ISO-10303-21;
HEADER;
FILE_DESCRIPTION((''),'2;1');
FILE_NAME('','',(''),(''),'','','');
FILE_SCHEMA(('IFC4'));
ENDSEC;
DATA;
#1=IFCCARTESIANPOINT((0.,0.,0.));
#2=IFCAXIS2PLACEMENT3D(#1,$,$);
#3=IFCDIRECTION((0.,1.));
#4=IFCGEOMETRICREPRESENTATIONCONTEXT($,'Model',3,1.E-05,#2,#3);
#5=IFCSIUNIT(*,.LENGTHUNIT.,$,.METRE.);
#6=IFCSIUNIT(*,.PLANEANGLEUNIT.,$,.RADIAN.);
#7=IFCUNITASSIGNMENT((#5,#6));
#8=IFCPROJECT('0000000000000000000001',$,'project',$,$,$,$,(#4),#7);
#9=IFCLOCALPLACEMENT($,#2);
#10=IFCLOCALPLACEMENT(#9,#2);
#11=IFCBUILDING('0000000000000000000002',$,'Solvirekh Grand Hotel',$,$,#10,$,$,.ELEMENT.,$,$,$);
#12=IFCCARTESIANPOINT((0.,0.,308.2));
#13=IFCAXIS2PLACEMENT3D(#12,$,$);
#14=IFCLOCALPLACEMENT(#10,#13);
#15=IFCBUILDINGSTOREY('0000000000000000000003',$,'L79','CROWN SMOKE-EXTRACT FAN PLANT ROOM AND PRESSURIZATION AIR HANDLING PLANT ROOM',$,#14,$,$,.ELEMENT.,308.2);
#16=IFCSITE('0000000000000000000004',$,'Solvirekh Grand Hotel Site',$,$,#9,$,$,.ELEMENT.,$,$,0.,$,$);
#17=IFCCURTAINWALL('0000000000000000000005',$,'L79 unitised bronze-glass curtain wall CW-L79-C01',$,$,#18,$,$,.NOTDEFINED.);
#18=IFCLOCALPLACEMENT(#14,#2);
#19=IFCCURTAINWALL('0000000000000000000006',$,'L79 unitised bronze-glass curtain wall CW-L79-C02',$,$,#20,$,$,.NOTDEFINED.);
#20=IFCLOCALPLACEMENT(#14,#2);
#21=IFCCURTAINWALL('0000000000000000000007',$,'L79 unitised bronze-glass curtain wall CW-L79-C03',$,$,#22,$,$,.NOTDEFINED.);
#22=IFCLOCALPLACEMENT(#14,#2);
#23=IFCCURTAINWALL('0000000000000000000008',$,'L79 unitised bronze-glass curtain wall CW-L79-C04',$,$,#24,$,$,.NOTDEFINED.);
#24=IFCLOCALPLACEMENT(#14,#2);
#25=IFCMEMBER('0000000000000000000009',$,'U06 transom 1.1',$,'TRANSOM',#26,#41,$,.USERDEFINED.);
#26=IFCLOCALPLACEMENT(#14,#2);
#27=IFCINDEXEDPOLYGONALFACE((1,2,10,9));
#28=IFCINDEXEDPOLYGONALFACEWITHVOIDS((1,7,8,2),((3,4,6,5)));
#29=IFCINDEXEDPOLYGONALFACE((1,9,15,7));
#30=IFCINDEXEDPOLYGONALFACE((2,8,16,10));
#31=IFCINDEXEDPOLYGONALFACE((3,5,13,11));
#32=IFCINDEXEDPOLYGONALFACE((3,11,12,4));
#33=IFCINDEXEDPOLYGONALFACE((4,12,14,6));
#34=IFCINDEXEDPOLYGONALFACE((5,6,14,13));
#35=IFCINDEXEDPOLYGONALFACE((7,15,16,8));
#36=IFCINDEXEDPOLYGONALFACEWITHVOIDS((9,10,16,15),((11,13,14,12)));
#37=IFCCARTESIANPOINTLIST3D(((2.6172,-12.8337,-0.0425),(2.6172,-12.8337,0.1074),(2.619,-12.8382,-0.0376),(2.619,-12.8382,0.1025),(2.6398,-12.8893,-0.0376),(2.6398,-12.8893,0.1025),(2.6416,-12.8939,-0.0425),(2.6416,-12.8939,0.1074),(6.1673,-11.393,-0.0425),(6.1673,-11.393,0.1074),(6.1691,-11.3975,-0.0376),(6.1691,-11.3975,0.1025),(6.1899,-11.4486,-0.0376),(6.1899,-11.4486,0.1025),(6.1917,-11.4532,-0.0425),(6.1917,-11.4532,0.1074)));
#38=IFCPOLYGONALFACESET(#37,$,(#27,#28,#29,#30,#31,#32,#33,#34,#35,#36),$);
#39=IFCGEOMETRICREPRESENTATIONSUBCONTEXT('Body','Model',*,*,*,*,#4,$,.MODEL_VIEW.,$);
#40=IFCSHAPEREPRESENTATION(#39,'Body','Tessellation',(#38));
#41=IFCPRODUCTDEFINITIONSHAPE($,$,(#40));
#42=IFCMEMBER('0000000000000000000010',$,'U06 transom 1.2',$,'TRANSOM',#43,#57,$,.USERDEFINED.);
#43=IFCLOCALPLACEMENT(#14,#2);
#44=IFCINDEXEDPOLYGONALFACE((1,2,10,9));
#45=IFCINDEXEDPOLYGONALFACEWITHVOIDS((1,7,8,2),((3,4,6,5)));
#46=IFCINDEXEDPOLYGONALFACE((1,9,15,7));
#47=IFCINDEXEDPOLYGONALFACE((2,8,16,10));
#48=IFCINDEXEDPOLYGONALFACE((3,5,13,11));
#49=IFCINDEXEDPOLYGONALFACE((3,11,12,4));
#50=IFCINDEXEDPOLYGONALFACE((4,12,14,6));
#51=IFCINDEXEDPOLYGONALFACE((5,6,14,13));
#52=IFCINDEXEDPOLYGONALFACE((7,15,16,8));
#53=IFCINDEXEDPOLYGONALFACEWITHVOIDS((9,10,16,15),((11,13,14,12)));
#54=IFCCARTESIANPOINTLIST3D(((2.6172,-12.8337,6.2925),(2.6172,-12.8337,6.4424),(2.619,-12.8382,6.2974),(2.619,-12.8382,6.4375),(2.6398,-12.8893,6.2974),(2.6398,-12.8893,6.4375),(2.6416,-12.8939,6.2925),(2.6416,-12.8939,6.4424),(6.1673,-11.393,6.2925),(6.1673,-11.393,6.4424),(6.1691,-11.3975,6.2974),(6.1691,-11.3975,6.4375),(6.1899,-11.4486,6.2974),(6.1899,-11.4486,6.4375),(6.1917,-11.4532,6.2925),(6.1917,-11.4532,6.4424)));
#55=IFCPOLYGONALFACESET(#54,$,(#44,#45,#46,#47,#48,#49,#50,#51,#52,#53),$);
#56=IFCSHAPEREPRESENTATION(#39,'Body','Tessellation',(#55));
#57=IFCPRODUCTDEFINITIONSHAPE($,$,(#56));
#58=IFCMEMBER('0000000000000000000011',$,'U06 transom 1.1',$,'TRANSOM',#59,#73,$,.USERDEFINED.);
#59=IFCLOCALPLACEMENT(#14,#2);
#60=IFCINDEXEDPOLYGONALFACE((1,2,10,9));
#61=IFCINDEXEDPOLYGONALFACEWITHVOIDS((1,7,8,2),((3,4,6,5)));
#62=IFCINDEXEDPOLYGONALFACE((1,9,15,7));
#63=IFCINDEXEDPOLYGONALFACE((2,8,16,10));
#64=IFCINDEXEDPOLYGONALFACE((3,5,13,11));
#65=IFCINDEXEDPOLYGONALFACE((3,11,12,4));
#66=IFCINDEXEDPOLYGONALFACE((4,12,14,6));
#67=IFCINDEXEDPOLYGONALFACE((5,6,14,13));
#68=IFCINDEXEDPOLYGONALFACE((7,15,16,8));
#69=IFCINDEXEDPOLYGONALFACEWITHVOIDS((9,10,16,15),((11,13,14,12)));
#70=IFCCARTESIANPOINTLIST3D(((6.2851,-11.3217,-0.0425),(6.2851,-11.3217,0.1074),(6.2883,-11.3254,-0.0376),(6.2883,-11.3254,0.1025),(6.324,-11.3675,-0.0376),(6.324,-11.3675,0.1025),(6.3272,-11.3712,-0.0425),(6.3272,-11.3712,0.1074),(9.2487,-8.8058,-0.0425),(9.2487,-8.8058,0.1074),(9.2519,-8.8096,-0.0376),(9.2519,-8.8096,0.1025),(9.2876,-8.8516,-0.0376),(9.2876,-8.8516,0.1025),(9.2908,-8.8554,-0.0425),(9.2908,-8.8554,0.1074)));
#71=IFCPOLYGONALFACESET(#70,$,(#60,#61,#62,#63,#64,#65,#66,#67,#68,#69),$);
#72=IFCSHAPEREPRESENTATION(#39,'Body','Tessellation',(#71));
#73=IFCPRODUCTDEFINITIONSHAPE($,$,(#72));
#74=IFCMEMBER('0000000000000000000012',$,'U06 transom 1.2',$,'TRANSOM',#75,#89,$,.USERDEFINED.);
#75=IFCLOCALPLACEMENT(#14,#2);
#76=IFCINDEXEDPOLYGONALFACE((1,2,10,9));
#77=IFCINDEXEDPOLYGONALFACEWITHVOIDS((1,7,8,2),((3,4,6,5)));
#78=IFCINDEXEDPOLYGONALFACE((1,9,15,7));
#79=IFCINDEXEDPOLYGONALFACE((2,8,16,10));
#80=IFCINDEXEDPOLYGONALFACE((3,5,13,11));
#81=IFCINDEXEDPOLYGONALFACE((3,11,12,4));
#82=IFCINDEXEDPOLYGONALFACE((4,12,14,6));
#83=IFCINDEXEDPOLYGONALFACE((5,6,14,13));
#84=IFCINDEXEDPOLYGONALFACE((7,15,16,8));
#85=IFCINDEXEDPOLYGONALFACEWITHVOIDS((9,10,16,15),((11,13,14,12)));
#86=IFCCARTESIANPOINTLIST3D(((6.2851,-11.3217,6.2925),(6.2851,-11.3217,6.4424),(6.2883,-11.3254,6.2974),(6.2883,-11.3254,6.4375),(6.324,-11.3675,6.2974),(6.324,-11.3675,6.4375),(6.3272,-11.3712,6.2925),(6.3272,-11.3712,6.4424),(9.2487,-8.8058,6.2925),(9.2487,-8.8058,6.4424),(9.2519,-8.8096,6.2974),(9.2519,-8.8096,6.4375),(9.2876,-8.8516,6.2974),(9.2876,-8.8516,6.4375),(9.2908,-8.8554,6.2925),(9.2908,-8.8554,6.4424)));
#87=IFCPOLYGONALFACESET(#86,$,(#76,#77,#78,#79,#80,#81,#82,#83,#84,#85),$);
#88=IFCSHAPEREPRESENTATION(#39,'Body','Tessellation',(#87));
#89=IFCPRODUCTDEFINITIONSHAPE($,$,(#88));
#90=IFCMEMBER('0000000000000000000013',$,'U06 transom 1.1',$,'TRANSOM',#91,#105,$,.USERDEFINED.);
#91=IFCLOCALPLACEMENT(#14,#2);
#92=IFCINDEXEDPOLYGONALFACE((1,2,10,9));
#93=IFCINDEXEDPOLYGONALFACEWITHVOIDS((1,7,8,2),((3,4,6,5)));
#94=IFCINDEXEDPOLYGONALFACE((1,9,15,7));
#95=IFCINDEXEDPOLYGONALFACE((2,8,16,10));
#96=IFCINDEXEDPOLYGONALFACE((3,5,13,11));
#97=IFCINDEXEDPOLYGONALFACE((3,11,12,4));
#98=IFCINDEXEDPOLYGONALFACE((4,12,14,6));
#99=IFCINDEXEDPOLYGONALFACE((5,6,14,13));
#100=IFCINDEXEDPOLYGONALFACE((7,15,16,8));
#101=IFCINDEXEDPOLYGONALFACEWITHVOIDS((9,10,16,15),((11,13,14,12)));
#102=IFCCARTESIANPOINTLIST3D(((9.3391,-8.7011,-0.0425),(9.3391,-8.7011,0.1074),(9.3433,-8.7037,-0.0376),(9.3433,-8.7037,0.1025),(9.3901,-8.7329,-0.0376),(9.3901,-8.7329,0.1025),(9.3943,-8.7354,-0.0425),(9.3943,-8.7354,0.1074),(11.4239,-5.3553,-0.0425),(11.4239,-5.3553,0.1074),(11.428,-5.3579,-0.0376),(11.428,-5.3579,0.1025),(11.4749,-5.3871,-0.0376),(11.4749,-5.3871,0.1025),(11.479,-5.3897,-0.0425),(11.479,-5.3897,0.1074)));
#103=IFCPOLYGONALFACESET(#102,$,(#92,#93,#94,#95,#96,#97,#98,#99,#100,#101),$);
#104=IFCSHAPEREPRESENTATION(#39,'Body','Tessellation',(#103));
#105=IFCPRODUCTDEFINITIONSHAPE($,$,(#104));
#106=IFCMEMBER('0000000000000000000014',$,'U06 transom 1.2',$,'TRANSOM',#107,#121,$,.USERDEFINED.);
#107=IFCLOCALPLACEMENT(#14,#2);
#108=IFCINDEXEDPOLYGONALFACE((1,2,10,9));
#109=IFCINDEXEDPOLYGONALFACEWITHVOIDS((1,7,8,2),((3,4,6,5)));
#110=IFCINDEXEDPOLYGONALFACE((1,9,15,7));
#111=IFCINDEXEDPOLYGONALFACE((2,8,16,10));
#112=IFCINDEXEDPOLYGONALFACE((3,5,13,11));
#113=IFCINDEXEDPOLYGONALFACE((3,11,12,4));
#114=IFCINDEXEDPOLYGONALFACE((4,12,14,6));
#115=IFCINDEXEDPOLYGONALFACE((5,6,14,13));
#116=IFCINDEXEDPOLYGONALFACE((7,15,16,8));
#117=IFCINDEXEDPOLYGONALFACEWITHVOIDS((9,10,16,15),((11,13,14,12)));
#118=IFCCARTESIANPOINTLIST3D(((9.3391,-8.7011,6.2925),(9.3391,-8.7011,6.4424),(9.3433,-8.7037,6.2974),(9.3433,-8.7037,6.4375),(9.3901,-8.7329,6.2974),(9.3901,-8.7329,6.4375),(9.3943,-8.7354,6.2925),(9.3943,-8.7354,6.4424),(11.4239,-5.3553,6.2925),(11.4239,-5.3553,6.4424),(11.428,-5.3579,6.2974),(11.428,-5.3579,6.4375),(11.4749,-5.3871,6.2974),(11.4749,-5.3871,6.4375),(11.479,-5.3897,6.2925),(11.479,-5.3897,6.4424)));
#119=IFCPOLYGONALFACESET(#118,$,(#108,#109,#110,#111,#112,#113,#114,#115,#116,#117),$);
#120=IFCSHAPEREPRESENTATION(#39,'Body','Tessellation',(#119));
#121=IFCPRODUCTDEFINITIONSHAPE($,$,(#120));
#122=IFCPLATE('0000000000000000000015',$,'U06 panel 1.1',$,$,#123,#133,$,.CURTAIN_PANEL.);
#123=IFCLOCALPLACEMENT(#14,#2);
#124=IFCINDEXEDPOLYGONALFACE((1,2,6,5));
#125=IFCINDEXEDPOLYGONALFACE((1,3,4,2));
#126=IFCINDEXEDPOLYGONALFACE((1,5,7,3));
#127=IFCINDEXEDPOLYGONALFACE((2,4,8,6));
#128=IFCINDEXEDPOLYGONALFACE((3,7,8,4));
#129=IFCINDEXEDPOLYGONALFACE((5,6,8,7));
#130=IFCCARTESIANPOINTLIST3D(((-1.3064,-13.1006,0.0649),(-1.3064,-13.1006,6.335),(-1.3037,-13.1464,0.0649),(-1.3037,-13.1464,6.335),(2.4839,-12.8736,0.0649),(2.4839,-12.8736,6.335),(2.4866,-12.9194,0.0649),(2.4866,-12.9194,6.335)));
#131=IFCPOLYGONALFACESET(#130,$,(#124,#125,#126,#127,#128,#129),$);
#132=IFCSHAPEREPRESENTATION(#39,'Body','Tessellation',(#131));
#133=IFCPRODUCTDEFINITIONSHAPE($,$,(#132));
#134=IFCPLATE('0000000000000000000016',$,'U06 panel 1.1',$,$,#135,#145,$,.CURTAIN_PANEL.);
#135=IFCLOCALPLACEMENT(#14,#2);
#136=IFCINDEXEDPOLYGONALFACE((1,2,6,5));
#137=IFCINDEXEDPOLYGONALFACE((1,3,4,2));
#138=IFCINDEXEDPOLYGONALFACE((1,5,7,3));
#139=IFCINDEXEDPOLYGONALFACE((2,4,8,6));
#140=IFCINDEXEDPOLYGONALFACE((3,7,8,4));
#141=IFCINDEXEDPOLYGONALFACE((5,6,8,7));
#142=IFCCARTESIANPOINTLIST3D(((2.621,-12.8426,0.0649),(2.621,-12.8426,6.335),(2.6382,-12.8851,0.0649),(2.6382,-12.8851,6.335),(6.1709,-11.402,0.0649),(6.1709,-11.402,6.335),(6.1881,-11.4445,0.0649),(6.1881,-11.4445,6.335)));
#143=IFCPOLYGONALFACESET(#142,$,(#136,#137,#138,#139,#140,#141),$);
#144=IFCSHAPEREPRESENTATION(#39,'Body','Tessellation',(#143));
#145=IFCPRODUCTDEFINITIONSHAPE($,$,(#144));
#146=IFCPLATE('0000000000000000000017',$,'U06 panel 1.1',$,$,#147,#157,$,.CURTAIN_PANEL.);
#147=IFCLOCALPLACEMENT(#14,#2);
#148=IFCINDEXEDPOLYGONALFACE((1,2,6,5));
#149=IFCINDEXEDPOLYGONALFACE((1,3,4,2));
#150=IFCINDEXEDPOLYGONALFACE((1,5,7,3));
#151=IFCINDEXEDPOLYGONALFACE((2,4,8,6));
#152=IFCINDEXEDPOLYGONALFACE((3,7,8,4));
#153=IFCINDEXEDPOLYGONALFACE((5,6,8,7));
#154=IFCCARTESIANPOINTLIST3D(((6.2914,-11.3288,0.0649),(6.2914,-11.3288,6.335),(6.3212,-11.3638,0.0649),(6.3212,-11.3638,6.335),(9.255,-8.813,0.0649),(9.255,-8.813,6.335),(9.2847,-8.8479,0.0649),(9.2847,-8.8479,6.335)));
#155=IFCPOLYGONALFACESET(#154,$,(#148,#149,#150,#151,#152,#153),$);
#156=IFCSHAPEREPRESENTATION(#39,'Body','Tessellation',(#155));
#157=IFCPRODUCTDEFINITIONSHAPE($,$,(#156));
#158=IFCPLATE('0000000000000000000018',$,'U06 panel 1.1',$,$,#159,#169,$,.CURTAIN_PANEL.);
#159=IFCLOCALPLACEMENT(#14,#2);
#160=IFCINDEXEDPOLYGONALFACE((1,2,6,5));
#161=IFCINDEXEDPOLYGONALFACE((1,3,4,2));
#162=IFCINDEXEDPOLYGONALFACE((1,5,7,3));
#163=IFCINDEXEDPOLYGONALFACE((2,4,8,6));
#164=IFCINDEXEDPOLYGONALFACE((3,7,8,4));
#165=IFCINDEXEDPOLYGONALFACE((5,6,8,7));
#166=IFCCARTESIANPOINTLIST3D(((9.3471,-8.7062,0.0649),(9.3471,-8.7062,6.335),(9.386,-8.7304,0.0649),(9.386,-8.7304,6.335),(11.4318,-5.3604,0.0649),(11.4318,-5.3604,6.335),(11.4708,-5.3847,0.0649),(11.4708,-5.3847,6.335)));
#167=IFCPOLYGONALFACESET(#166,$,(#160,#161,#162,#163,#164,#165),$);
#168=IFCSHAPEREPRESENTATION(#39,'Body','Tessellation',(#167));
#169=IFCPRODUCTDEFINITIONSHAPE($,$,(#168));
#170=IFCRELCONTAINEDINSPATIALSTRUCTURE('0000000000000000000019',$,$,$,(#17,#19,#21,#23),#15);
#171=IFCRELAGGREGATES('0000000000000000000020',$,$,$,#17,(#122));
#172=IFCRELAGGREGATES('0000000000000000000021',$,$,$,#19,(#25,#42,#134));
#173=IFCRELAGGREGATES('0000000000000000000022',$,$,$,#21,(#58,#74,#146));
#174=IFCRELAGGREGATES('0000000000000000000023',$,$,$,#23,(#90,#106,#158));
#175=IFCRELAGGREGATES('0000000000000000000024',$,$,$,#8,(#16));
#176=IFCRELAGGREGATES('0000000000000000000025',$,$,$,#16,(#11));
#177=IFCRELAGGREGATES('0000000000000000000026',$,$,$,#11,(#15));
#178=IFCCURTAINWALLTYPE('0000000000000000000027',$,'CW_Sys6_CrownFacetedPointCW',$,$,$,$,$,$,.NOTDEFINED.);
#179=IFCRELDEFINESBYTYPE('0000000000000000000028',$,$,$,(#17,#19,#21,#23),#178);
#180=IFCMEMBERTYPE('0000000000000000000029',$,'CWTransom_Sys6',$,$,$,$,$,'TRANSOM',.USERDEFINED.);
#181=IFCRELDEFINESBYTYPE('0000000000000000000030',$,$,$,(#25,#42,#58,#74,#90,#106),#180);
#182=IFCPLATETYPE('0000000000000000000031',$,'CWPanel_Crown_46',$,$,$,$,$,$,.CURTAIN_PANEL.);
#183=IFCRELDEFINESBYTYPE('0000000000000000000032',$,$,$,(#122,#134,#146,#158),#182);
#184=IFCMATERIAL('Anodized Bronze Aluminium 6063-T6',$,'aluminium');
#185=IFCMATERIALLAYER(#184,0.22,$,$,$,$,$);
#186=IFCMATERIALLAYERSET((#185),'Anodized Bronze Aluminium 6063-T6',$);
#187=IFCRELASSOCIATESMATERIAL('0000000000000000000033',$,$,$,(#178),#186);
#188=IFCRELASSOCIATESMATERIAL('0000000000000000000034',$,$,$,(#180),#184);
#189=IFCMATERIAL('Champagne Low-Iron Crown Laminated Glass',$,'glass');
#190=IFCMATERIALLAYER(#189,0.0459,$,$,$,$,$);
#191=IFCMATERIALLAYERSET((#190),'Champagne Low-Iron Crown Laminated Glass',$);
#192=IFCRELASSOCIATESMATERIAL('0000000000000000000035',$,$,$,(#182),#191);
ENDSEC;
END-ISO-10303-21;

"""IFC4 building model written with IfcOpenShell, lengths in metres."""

from ifc_helpers import new_model, si_unit, direction, frame, origin, origin_2d, place, context, subcontext, project, spatial, rectangle, hollow_rectangle, extrude, source, transform, mapped, material, layer, layer_set, material_profile, profile_set, type_object, element, aggregate, save


model = new_model("IFC4")

# Units and contexts
model_context = context("Model", 3, precision=1e-05, world=origin(), true_north=direction((0.0, 1.0)))
body_context = subcontext(model_context, "Body", "Model", "MODEL_VIEW")
ifc_project = project(units=[si_unit("LENGTHUNIT", "METRE"), si_unit("PLANEANGLEUNIT", "RADIAN")], contexts=[model_context])

# Site, building, storey
site_placement = place(None, origin())
site = spatial("IfcSite", under=ifc_project, at=site_placement, Name="Solvirekh Grand Hotel Site", CompositionType="ELEMENT", RefElevation=0.0)
building_placement = place(site_placement, origin())
building = spatial("IfcBuilding", under=site, at=building_placement, Name="Solvirekh Grand Hotel", CompositionType="ELEMENT")
storey_placement = place(building_placement, frame((0.0, 0.0, 308.2)))
storey = spatial("IfcBuildingStorey", under=building, at=storey_placement, Name="L79", Description="CROWN SMOKE-EXTRACT FAN PLANT ROOM AND PRESSURIZATION AIR HANDLING PLANT ROOM", CompositionType="ELEMENT", Elevation=308.2)

# Curtain wall
ifc_material_1 = material(Name="Anodized Bronze Aluminium 6063-T6", Category="aluminium")
ifc_layer_1 = layer(ifc_material_1, 0.22)
ifc_layer_set_1 = layer_set([ifc_layer_1], Name="Anodized Bronze Aluminium 6063-T6")
curtain_wall_type = type_object("IfcCurtainWallType", Name="CW_Sys6_CrownFacetedPointCW", PredefinedType="NOTDEFINED", material=ifc_layer_set_1)
curtain_wall_1_placement = place(storey_placement, origin())
curtain_wall_1 = element("IfcCurtainWall", 1, at=curtain_wall_1_placement, inside=storey, type_object=curtain_wall_type, Name="L79 unitised bronze-glass curtain wall CW-L79-C01", PredefinedType="NOTDEFINED")

# Curtain walls
curtain_wall_2_placement = place(storey_placement, origin())
curtain_wall_2 = element("IfcCurtainWall", 2, at=curtain_wall_2_placement, inside=storey, type_object=curtain_wall_type, Name="L79 unitised bronze-glass curtain wall CW-L79-C02", PredefinedType="NOTDEFINED")
curtain_wall_3_placement = place(storey_placement, origin())
curtain_wall_3 = element("IfcCurtainWall", 3, at=curtain_wall_3_placement, inside=storey, type_object=curtain_wall_type, Name="L79 unitised bronze-glass curtain wall CW-L79-C03", PredefinedType="NOTDEFINED")
curtain_wall_4_placement = place(storey_placement, origin())
curtain_wall_4 = element("IfcCurtainWall", 4, at=curtain_wall_4_placement, inside=storey, type_object=curtain_wall_type, Name="L79 unitised bronze-glass curtain wall CW-L79-C04", PredefinedType="NOTDEFINED")

# Members
ifc_material_profile_1 = material_profile(ifc_material_1, hollow_rectangle(XDim=0.0649, YDim=0.1499, WallThickness=0.0049, at=origin_2d()), Name="ALU RHS 150X65X5")
ifc_profile_set_1 = profile_set([ifc_material_profile_1], Name="Anodized Bronze Aluminium 6063-T6")
member_type_1 = type_object("IfcMemberType", Name="CWTransom_Sys6", ElementType="TRANSOM", PredefinedType="USERDEFINED", material=ifc_profile_set_1)
shared_shape_1 = source(origin(), body_context, "Body", "SweptSolid", [
    extrude(hollow_rectangle(XDim=0.0649, YDim=0.1499, WallThickness=0.0049, at=origin_2d()), origin(), (0.0, 0.0, 1.0), 3.8313),
])
member_1_placement = place(storey_placement, frame((2.6294, -12.8638, 0.0325), z_axis=(0.926606, 0.376033, 0.0), x_axis=(-0.376033, 0.926606, 0.0)))
member_1 = element("IfcMember", 5, at=member_1_placement, type_object=member_type_1, Name="U06 transom 1.1", ObjectType="TRANSOM", PredefinedType="USERDEFINED", context=body_context, shape_type="MappedRepresentation", body=[
    mapped(shared_shape_1, transform((0.0, 0.0, 0.0), x_axis=(1.0, 0.0, 0.0), y_axis=(0.0, 1.0, 0.0), z_axis=(0.0, 0.0, 1.0), scale=1.0)),
])
member_2_placement = place(storey_placement, frame((2.6294, -12.8638, 6.3674), z_axis=(0.926606, 0.376033, 0.0), x_axis=(-0.376033, 0.926606, 0.0)))
member_2 = element("IfcMember", 6, at=member_2_placement, type_object=member_type_1, Name="U06 transom 1.2", ObjectType="TRANSOM", PredefinedType="USERDEFINED", context=body_context, shape_type="MappedRepresentation", body=[
    mapped(shared_shape_1, transform((0.0, 0.0, 0.0), x_axis=(1.0, 0.0, 0.0), y_axis=(0.0, 1.0, 0.0), z_axis=(0.0, 0.0, 1.0), scale=1.0)),
])
shared_shape_2 = source(origin(), body_context, "Body", "SweptSolid", [
    extrude(hollow_rectangle(XDim=0.0649, YDim=0.1499, WallThickness=0.0049, at=origin_2d()), origin(), (0.0, 0.0, 1.0), 3.8875),
])
member_3_placement = place(storey_placement, frame((6.3062, -11.3464, 0.0325), z_axis=(0.762347, 0.647169, 0.0), x_axis=(-0.647169, 0.762347, 0.0)))
member_3 = element("IfcMember", 7, at=member_3_placement, type_object=member_type_1, Name="U06 transom 1.1", ObjectType="TRANSOM", PredefinedType="USERDEFINED", context=body_context, shape_type="MappedRepresentation", body=[
    mapped(shared_shape_2, transform((0.0, 0.0, 0.0), x_axis=(1.0, 0.0, 0.0), y_axis=(0.0, 1.0, 0.0), z_axis=(0.0, 0.0, 1.0), scale=1.0)),
])
member_4_placement = place(storey_placement, frame((6.3062, -11.3464, 6.3674), z_axis=(0.762347, 0.647169, 0.0), x_axis=(-0.647169, 0.762347, 0.0)))
member_4 = element("IfcMember", 8, at=member_4_placement, type_object=member_type_1, Name="U06 transom 1.2", ObjectType="TRANSOM", PredefinedType="USERDEFINED", context=body_context, shape_type="MappedRepresentation", body=[
    mapped(shared_shape_2, transform((0.0, 0.0, 0.0), x_axis=(1.0, 0.0, 0.0), y_axis=(0.0, 1.0, 0.0), z_axis=(0.0, 0.0, 1.0), scale=1.0)),
])
shared_shape_3 = source(origin(), body_context, "Body", "SweptSolid", [
    extrude(hollow_rectangle(XDim=0.0649, YDim=0.1499, WallThickness=0.0049, at=origin_2d()), origin(), (0.0, 0.0, 1.0), 3.9421),
])
member_5_placement = place(storey_placement, frame((9.3667, -8.7183, 0.0325), z_axis=(0.528841, 0.848721, 0.0), x_axis=(-0.848721, 0.528841, 0.0)))
member_5 = element("IfcMember", 9, at=member_5_placement, type_object=member_type_1, Name="U06 transom 1.1", ObjectType="TRANSOM", PredefinedType="USERDEFINED", context=body_context, shape_type="MappedRepresentation", body=[
    mapped(shared_shape_3, transform((0.0, 0.0, 0.0), x_axis=(1.0, 0.0, 0.0), y_axis=(0.0, 1.0, 0.0), z_axis=(0.0, 0.0, 1.0), scale=1.0)),
])
member_6_placement = place(storey_placement, frame((9.3667, -8.7183, 6.3674), z_axis=(0.528841, 0.848721, 0.0), x_axis=(-0.848721, 0.528841, 0.0)))
member_6 = element("IfcMember", 10, at=member_6_placement, type_object=member_type_1, Name="U06 transom 1.2", ObjectType="TRANSOM", PredefinedType="USERDEFINED", context=body_context, shape_type="MappedRepresentation", body=[
    mapped(shared_shape_3, transform((0.0, 0.0, 0.0), x_axis=(1.0, 0.0, 0.0), y_axis=(0.0, 1.0, 0.0), z_axis=(0.0, 0.0, 1.0), scale=1.0)),
])

# Plates
ifc_material_2 = material(Name="Champagne Low-Iron Crown Laminated Glass", Category="glass")
ifc_layer_2 = layer(ifc_material_2, 0.0459)
ifc_layer_set_2 = layer_set([ifc_layer_2], Name="Champagne Low-Iron Crown Laminated Glass")
plate_type = type_object("IfcPlateType", Name="CWPanel_Crown_46", PredefinedType="CURTAIN_PANEL", material=ifc_layer_set_2)
shared_shape_4 = source(origin(), body_context, "Body", "SweptSolid", [
    extrude(rectangle(XDim=3.7971, YDim=0.0459, at=origin_2d()), origin(), (0.0, 0.0, 1.0), 6.27),
])
plate_1_placement = place(storey_placement, frame((0.5901, -13.01, 0.0649), z_axis=(0.0, 0.0, 1.0), x_axis=(0.998211, 0.059791, 0.0)))
plate_1 = element("IfcPlate", 11, at=plate_1_placement, type_object=plate_type, Name="U06 panel 1.1", PredefinedType="CURTAIN_PANEL", context=body_context, shape_type="MappedRepresentation", body=[
    mapped(shared_shape_4, transform((0.0, 0.0, 0.0), x_axis=(1.0, 0.0, 0.0), y_axis=(0.0, 1.0, 0.0), z_axis=(0.0, 0.0, 1.0), scale=1.0)),
])
aggregate(curtain_wall_1, [plate_1])
shared_shape_5 = source(origin(), body_context, "Body", "SweptSolid", [
    extrude(rectangle(XDim=3.8311, YDim=0.0459, at=origin_2d()), origin(), (0.0, 0.0, 1.0), 6.27),
])
plate_2_placement = place(storey_placement, frame((4.4045, -12.1436, 0.0649), z_axis=(0.0, 0.0, 1.0), x_axis=(0.926612, 0.37602, 0.0)))
plate_2 = element("IfcPlate", 12, at=plate_2_placement, type_object=plate_type, Name="U06 panel 1.1", PredefinedType="CURTAIN_PANEL", context=body_context, shape_type="MappedRepresentation", body=[
    mapped(shared_shape_5, transform((0.0, 0.0, 0.0), x_axis=(1.0, 0.0, 0.0), y_axis=(0.0, 1.0, 0.0), z_axis=(0.0, 0.0, 1.0), scale=1.0)),
])
aggregate(curtain_wall_2, [member_1, member_2, plate_2])
shared_shape_6 = source(origin(), body_context, "Body", "SweptSolid", [
    extrude(rectangle(XDim=3.8875, YDim=0.0459, at=origin_2d()), origin(), (0.0, 0.0, 1.0), 6.27),
])
plate_3_placement = place(storey_placement, frame((7.7881, -10.0884, 0.0649), z_axis=(0.0, 0.0, 1.0), x_axis=(0.762342, 0.647174, 0.0)))
plate_3 = element("IfcPlate", 13, at=plate_3_placement, type_object=plate_type, Name="U06 panel 1.1", PredefinedType="CURTAIN_PANEL", context=body_context, shape_type="MappedRepresentation", body=[
    mapped(shared_shape_6, transform((0.0, 0.0, 0.0), x_axis=(1.0, 0.0, 0.0), y_axis=(0.0, 1.0, 0.0), z_axis=(0.0, 0.0, 1.0), scale=1.0)),
])
aggregate(curtain_wall_3, [member_3, member_4, plate_3])
shared_shape_7 = source(origin(), body_context, "Body", "SweptSolid", [
    extrude(rectangle(XDim=3.9421, YDim=0.0459, at=origin_2d()), origin(), (0.0, 0.0, 1.0), 6.27),
])
plate_4_placement = place(storey_placement, frame((10.4089, -7.0454, 0.0649), z_axis=(0.0, 0.0, 1.0), x_axis=(0.528834, 0.848725, 0.0)))
plate_4 = element("IfcPlate", 14, at=plate_4_placement, type_object=plate_type, Name="U06 panel 1.1", PredefinedType="CURTAIN_PANEL", context=body_context, shape_type="MappedRepresentation", body=[
    mapped(shared_shape_7, transform((0.0, 0.0, 0.0), x_axis=(1.0, 0.0, 0.0), y_axis=(0.0, 1.0, 0.0), z_axis=(0.0, 0.0, 1.0), scale=1.0)),
])
aggregate(curtain_wall_4, [member_5, member_6, plate_4])

save(model, "model.ifc")
